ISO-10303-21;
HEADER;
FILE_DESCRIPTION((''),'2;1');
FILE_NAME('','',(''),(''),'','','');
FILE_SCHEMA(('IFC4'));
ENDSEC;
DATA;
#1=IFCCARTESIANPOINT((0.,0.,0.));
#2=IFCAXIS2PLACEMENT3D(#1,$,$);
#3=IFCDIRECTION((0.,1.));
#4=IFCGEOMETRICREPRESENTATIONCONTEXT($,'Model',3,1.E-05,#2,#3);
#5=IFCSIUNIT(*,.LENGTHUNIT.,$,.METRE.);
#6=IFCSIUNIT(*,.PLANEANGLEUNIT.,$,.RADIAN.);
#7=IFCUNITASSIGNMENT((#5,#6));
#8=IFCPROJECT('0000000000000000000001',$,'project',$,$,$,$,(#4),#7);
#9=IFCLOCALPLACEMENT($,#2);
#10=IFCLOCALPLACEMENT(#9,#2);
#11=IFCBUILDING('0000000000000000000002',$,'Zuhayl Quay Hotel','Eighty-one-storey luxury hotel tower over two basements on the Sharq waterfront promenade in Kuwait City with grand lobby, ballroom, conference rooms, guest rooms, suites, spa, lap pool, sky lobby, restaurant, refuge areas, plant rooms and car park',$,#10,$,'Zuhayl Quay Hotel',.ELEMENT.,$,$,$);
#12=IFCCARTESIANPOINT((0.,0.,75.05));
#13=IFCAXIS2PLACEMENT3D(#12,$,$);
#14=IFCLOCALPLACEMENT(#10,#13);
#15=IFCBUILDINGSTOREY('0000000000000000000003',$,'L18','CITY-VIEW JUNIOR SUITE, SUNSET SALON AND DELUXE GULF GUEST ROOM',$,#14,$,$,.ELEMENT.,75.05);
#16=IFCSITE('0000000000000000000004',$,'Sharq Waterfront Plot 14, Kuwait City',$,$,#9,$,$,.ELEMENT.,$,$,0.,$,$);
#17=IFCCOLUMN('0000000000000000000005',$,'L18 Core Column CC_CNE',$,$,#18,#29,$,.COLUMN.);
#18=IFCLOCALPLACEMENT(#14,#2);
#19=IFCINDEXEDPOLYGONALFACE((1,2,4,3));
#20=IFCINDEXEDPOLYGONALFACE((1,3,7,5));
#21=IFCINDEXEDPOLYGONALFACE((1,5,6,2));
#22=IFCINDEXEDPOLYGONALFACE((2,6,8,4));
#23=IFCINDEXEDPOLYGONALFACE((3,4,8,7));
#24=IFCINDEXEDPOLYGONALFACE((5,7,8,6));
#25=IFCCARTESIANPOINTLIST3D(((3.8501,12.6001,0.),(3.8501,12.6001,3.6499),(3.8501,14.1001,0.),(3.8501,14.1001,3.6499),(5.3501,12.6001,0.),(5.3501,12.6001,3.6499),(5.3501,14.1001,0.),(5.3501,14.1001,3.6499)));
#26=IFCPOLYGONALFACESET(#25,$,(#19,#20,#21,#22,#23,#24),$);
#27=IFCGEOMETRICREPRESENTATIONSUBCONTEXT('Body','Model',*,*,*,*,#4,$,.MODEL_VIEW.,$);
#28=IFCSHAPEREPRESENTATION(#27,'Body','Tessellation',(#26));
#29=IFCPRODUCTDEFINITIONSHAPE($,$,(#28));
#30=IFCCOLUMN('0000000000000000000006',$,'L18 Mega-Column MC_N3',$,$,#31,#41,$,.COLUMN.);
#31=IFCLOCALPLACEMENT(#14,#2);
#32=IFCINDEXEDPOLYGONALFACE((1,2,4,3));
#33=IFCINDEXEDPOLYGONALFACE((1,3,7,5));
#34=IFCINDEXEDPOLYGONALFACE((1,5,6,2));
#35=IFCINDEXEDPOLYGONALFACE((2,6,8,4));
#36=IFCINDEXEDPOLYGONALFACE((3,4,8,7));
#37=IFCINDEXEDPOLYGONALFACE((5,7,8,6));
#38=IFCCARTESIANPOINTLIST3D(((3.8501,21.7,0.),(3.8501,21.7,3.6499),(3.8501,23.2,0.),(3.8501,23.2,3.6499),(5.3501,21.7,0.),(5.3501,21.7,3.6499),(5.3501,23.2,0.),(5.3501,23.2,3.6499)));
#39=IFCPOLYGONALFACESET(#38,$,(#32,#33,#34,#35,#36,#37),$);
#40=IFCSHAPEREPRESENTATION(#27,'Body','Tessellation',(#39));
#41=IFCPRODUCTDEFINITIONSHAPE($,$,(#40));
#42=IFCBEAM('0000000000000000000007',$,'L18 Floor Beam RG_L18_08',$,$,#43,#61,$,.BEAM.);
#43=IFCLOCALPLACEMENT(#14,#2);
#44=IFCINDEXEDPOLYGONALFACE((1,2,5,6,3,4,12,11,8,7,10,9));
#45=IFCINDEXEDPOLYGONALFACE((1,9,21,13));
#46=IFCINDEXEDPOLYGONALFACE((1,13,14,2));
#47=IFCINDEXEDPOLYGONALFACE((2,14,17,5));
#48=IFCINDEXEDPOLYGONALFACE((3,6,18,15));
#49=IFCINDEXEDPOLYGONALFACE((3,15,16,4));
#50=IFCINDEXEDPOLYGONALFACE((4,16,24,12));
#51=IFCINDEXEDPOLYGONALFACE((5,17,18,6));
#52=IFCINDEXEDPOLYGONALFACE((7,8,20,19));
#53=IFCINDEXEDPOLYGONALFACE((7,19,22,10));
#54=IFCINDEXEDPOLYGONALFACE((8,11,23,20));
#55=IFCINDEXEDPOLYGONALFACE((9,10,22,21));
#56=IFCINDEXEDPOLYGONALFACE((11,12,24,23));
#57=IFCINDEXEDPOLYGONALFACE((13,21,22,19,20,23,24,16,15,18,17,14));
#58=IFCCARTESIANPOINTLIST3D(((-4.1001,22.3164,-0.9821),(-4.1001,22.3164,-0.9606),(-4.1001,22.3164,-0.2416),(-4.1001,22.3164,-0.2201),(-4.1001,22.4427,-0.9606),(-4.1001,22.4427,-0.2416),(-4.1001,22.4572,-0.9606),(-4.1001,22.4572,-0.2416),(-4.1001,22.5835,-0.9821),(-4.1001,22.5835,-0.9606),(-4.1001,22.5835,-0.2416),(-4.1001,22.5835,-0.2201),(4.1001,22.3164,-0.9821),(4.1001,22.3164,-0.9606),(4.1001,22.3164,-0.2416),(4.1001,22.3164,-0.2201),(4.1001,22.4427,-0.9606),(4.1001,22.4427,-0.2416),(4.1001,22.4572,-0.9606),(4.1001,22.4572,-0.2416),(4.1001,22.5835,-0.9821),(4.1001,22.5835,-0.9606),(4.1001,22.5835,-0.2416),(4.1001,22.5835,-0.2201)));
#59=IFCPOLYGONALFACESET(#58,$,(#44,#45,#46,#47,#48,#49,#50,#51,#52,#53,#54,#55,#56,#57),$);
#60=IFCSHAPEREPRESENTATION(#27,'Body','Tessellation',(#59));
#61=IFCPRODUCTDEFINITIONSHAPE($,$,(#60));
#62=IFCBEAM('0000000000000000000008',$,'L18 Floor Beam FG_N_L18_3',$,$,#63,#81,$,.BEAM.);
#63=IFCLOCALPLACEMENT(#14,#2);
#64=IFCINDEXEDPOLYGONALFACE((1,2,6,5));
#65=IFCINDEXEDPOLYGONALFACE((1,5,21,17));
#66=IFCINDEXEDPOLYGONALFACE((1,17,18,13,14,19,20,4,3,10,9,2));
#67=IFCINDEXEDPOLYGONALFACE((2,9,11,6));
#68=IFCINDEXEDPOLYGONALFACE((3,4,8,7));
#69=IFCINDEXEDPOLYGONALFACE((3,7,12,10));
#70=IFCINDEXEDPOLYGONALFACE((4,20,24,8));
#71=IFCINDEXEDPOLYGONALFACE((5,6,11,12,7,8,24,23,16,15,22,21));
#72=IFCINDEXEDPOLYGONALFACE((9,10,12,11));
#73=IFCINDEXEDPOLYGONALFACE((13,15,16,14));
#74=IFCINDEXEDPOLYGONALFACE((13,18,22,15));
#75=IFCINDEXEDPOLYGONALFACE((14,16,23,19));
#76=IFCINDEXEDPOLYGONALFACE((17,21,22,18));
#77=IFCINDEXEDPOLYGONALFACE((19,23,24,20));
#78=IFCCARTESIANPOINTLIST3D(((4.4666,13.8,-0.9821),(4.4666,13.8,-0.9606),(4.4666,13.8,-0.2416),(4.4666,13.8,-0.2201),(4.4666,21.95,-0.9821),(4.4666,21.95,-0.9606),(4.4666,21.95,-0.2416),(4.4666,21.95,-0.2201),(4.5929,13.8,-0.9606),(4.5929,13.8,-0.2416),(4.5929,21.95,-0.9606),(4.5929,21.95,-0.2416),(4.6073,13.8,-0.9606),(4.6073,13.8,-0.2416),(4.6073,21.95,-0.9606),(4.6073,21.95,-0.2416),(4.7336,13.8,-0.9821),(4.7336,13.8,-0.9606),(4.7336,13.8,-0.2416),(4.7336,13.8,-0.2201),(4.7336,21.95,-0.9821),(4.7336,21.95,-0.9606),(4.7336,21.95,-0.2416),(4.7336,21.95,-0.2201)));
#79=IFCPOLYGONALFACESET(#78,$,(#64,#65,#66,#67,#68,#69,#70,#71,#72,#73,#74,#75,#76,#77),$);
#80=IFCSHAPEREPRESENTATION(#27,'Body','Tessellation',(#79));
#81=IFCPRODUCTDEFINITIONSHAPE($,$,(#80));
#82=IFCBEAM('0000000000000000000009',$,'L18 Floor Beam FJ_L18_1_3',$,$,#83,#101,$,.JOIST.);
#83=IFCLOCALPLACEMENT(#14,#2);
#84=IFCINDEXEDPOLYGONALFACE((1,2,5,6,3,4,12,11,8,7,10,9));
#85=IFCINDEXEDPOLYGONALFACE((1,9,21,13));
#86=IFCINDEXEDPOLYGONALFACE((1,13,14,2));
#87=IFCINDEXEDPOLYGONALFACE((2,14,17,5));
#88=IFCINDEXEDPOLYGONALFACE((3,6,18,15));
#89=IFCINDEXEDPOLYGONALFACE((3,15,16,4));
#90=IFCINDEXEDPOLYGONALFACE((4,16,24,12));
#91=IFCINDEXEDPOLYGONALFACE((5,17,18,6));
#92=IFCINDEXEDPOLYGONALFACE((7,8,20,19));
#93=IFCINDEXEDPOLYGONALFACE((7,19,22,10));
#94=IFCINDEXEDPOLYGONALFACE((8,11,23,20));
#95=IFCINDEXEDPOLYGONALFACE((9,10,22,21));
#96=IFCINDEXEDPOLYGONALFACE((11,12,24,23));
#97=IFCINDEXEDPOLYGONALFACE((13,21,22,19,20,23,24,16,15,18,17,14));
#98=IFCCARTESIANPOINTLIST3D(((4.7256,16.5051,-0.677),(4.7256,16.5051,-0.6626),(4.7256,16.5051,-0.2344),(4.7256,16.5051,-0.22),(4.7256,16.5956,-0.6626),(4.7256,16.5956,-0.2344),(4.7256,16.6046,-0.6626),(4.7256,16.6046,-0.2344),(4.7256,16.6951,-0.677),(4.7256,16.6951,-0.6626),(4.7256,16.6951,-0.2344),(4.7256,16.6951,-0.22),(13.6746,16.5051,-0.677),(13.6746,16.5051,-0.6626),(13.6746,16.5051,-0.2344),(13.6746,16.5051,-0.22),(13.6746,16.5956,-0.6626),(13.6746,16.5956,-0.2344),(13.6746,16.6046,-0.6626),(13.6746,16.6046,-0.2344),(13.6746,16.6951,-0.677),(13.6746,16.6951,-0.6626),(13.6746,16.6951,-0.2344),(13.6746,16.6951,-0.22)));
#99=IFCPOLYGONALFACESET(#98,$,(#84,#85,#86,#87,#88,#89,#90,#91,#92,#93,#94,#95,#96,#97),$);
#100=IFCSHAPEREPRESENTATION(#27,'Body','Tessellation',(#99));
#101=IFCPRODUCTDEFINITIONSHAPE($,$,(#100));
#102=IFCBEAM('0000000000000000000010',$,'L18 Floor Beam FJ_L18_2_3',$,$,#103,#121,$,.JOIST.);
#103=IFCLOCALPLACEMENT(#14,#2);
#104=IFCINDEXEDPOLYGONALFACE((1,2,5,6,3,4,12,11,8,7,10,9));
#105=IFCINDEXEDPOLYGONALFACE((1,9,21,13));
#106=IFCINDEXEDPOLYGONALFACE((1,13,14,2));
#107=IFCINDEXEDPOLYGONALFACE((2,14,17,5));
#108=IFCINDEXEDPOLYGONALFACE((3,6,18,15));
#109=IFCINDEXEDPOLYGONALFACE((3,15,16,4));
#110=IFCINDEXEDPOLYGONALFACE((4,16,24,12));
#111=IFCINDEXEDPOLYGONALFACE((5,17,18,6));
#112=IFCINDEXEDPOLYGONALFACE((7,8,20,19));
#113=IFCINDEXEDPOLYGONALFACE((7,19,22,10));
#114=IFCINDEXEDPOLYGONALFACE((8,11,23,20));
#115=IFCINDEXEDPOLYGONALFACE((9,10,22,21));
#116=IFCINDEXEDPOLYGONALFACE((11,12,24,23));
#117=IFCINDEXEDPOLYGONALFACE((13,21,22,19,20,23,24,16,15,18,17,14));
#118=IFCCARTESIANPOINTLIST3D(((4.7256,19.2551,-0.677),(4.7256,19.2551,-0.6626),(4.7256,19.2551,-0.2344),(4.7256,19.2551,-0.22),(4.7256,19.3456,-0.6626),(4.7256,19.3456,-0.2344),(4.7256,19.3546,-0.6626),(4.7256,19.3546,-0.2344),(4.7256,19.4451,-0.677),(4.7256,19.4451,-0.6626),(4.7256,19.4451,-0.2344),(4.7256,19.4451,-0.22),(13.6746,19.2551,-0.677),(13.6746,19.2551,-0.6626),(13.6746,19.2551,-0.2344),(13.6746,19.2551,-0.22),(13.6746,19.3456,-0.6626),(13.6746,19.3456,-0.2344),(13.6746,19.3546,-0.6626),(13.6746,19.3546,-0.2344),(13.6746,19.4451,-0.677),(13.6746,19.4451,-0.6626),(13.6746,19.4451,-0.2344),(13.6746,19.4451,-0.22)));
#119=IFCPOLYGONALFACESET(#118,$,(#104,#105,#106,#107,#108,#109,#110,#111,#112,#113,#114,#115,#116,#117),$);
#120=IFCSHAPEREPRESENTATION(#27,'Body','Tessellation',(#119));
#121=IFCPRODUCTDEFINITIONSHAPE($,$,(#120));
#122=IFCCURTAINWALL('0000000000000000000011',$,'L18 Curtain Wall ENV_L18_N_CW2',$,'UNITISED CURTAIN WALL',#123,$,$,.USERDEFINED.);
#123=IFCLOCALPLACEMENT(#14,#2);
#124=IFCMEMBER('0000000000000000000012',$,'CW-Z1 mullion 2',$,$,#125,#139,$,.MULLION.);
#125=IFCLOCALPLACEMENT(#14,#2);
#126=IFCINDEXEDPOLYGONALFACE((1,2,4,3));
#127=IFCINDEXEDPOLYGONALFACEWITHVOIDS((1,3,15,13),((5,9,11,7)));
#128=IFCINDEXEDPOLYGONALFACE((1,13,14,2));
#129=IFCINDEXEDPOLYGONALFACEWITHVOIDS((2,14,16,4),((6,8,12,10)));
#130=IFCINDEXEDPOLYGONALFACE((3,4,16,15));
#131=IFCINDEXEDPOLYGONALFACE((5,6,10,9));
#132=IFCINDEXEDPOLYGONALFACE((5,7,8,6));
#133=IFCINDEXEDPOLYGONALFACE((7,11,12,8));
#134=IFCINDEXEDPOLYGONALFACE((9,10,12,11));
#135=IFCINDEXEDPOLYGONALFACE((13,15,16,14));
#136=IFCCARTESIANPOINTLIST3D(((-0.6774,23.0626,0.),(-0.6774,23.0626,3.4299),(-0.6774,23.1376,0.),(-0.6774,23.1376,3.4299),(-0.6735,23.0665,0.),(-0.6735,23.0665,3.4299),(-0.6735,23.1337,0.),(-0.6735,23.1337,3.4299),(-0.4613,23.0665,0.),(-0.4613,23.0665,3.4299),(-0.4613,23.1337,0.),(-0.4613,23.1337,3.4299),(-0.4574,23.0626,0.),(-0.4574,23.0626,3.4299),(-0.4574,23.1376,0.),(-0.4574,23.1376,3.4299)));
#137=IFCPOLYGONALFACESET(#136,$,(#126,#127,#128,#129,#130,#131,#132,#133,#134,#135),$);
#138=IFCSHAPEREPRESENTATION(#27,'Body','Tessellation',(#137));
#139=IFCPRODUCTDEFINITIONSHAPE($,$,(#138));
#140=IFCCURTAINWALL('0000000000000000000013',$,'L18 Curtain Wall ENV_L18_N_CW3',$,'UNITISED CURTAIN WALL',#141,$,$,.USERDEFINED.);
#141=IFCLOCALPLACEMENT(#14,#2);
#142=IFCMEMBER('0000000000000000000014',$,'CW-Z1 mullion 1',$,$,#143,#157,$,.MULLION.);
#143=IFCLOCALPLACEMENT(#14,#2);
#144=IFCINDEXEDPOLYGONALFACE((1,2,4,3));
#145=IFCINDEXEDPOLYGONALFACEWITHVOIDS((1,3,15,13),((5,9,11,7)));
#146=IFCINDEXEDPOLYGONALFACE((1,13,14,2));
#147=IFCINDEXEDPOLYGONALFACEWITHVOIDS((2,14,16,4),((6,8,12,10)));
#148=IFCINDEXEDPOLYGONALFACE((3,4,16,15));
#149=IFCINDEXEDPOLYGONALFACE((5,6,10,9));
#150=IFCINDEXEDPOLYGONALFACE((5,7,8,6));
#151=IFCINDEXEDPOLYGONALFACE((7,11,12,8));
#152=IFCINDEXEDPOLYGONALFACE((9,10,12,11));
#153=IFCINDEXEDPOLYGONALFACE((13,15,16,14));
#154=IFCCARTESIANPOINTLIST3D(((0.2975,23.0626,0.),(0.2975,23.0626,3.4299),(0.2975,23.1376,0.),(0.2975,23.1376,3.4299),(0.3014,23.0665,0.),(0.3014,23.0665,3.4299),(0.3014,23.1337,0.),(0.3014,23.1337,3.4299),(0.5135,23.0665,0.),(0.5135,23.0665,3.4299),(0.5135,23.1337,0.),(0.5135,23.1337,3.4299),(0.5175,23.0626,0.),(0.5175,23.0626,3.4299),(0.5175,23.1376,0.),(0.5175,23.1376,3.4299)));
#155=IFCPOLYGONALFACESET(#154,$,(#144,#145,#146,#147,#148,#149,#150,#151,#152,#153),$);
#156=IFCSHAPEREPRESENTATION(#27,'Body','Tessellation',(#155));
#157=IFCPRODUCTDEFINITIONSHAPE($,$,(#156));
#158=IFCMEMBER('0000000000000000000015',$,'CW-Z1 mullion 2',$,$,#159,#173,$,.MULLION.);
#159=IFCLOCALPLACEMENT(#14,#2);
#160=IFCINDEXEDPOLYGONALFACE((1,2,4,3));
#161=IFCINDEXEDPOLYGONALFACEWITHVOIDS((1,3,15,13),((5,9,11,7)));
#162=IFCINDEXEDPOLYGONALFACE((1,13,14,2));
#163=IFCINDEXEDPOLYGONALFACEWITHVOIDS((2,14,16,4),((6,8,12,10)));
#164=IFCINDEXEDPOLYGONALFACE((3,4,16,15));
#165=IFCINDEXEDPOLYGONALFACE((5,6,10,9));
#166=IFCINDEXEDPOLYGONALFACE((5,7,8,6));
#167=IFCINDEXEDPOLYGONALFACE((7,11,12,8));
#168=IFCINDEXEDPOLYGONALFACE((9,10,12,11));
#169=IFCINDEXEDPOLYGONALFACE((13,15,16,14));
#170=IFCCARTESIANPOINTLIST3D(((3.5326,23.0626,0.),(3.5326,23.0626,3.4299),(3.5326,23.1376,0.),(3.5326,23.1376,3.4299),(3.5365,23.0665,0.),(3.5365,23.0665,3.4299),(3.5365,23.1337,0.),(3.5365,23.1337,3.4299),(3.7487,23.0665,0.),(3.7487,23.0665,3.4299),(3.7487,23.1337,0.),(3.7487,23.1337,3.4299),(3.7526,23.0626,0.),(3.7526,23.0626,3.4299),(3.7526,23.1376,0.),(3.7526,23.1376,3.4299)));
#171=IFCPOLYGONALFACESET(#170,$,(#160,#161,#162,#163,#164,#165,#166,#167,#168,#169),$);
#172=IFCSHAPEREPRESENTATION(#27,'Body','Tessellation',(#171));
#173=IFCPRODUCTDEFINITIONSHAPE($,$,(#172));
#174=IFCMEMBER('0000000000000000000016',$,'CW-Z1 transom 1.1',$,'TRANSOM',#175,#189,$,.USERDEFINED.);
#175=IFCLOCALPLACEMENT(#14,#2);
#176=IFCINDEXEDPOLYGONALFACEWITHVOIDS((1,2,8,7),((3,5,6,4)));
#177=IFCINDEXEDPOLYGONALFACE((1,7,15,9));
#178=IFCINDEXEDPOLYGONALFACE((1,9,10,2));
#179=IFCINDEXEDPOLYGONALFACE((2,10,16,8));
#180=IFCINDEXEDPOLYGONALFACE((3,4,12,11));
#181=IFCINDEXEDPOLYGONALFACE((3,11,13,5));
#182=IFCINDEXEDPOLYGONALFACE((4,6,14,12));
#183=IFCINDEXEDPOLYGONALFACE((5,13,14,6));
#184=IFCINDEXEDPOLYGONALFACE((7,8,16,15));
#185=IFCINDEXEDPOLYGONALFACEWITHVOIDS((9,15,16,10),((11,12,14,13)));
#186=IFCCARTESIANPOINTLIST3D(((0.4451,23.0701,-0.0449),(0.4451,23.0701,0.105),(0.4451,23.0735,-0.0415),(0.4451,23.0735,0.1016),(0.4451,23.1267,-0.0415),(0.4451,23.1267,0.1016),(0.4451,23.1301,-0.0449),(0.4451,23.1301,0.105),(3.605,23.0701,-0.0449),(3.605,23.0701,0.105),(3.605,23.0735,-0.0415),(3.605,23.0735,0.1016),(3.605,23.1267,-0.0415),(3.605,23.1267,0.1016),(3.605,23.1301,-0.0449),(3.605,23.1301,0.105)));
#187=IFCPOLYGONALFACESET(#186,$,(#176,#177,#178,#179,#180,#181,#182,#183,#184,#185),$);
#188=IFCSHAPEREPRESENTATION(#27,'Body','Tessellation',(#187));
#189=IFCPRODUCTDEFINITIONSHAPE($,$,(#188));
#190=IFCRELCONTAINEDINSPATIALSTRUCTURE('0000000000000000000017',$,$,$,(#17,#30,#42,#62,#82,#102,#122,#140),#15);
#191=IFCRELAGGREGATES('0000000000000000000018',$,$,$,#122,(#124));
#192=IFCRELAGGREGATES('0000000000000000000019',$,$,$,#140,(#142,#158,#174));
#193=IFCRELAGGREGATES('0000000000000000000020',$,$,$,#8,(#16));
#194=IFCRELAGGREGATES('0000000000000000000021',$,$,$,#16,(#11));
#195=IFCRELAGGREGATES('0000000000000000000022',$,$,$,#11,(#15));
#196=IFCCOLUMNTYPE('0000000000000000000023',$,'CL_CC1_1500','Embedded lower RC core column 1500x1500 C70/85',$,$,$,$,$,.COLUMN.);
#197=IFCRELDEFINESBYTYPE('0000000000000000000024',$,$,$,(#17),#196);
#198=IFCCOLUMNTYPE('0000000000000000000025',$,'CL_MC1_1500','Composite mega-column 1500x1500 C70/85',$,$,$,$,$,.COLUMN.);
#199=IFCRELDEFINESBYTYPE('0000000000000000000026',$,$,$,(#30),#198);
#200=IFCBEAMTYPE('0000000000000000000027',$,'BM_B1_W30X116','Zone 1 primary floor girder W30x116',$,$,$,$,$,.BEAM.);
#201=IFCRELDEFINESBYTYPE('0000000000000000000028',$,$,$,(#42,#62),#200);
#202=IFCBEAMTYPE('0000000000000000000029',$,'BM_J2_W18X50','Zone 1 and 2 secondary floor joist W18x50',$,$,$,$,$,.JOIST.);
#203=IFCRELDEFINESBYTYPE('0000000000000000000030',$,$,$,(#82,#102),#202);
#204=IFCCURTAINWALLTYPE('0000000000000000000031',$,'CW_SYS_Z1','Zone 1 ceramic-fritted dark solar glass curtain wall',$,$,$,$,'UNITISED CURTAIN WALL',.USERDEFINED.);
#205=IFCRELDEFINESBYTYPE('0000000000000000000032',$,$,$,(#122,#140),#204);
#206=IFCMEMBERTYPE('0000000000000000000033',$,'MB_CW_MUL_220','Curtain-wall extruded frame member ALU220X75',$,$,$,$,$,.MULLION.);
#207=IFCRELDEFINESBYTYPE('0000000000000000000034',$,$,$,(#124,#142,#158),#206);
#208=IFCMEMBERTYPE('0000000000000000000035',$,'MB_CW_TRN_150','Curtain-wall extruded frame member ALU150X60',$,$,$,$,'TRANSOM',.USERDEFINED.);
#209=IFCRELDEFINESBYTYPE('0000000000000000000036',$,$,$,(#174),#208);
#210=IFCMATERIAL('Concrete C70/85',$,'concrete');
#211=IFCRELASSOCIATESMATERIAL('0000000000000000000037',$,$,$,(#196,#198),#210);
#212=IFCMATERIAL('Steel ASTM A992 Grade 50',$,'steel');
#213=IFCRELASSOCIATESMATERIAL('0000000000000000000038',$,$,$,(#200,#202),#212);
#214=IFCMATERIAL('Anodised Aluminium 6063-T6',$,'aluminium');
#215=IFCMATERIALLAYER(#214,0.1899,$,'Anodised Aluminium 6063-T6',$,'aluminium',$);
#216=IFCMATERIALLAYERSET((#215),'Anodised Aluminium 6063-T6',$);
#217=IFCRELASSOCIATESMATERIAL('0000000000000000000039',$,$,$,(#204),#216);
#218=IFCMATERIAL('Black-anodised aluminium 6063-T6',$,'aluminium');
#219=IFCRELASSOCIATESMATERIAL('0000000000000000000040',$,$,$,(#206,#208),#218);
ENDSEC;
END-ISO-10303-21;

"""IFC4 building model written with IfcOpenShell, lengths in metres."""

from ifc_helpers import new_model, si_unit, direction, frame, origin, origin_2d, place, context, subcontext, project, spatial, rectangle, hollow_rectangle, i_section, extrude, material, layer, layer_set, material_profile, profile_set, type_object, element, aggregate, save


model = new_model("IFC4")

# Units and contexts
model_context = context("Model", 3, precision=1e-05, world=origin(), true_north=direction((0.0, 1.0)))
body_context = subcontext(model_context, "Body", "Model", "MODEL_VIEW")
ifc_project = project(units=[si_unit("LENGTHUNIT", "METRE"), si_unit("PLANEANGLEUNIT", "RADIAN")], contexts=[model_context])

# Site, building, storey
site_placement = place(None, origin())
site = spatial("IfcSite", under=ifc_project, at=site_placement, Name="Sharq Waterfront Plot 14, Kuwait City", CompositionType="ELEMENT", RefElevation=0.0)
building_placement = place(site_placement, origin())
building = spatial("IfcBuilding", under=site, at=building_placement, Name="Zuhayl Quay Hotel", Description="Eighty-one-storey luxury hotel tower over two basements on the Sharq waterfront promenade in Kuwait City with grand lobby, ballroom, conference rooms, guest rooms, suites, spa, lap pool, sky lobby, restaurant, refuge areas, plant rooms and car park", LongName="Zuhayl Quay Hotel", CompositionType="ELEMENT")
storey_placement = place(building_placement, frame((0.0, 0.0, 75.05)))
storey = spatial("IfcBuildingStorey", under=building, at=storey_placement, Name="L18", Description="CITY-VIEW JUNIOR SUITE, SUNSET SALON AND DELUXE GULF GUEST ROOM", CompositionType="ELEMENT", Elevation=75.05)

# Columns
ifc_material_1 = material(Name="Concrete C70/85", Category="concrete")
ifc_material_profile_1 = material_profile(ifc_material_1, rectangle(XDim=1.5, YDim=1.5, at=origin_2d()), Name="RC1500X1500")
ifc_profile_set_1 = profile_set([ifc_material_profile_1], Name="Concrete C70/85")
column_type_1 = type_object("IfcColumnType", Name="CL_CC1_1500", Description="Embedded lower RC core column 1500x1500 C70/85", PredefinedType="COLUMN", material=ifc_profile_set_1)
column_1_placement = place(storey_placement, frame((4.6001, 13.3501, 0.0), z_axis=(0.0, 0.0, 1.0), x_axis=(1.0, 0.0, 0.0)))
element("IfcColumn", 1, at=column_1_placement, inside=storey, type_object=column_type_1, Name="L18 Core Column CC_CNE", PredefinedType="COLUMN", context=body_context, shape_type="SweptSolid", body=[
    extrude(rectangle(XDim=1.5, YDim=1.5, at=origin_2d()), origin(), (0.0, 0.0, 1.0), 3.6499),
])
ifc_material_profile_2 = material_profile(ifc_material_1, rectangle(XDim=1.5, YDim=1.5, at=origin_2d()), Name="RC1500X1500")
ifc_profile_set_2 = profile_set([ifc_material_profile_2], Name="Concrete C70/85")
column_type_2 = type_object("IfcColumnType", Name="CL_MC1_1500", Description="Composite mega-column 1500x1500 C70/85", PredefinedType="COLUMN", material=ifc_profile_set_2)
column_2_placement = place(storey_placement, frame((4.6001, 22.45, 0.0), z_axis=(0.0, 0.0, 1.0), x_axis=(1.0, 0.0, 0.0)))
element("IfcColumn", 2, at=column_2_placement, inside=storey, type_object=column_type_2, Name="L18 Mega-Column MC_N3", PredefinedType="COLUMN", context=body_context, shape_type="SweptSolid", body=[
    extrude(rectangle(XDim=1.5, YDim=1.5, at=origin_2d()), origin(), (0.0, 0.0, 1.0), 3.6499),
])

# Beams
ifc_material_2 = material(Name="Steel ASTM A992 Grade 50", Category="steel")
ifc_material_profile_3 = material_profile(ifc_material_2, i_section(OverallWidth=0.2671, OverallDepth=0.762, WebThickness=0.0144, FlangeThickness=0.0215, at=origin_2d()), Name="W30X116")
ifc_profile_set_3 = profile_set([ifc_material_profile_3], Name="Steel ASTM A992 Grade 50")
beam_type_1 = type_object("IfcBeamType", Name="BM_B1_W30X116", Description="Zone 1 primary floor girder W30x116", PredefinedType="BEAM", material=ifc_profile_set_3)
beam_1_placement = place(storey_placement, frame((4.1001, 22.45, -0.6011), z_axis=(-1.0, 0.0, 0.0), x_axis=(0.0, -1.0, 0.0)))
element("IfcBeam", 3, at=beam_1_placement, inside=storey, type_object=beam_type_1, Name="L18 Floor Beam RG_L18_08", PredefinedType="BEAM", context=body_context, shape_type="SweptSolid", body=[
    extrude(i_section(OverallWidth=0.2671, OverallDepth=0.762, WebThickness=0.0144, FlangeThickness=0.0215, at=origin_2d()), origin(), (0.0, 0.0, 1.0), 8.2002),
])
beam_2_placement = place(storey_placement, frame((4.6001, 13.8, -0.6011), z_axis=(0.0, 1.0, 0.0), x_axis=(-1.0, 0.0, 0.0)))
element("IfcBeam", 4, at=beam_2_placement, inside=storey, type_object=beam_type_1, Name="L18 Floor Beam FG_N_L18_3", PredefinedType="BEAM", context=body_context, shape_type="SweptSolid", body=[
    extrude(i_section(OverallWidth=0.2671, OverallDepth=0.762, WebThickness=0.0144, FlangeThickness=0.0215, at=origin_2d()), origin(), (0.0, 0.0, 1.0), 8.1499),
])
ifc_material_profile_4 = material_profile(ifc_material_2, i_section(OverallWidth=0.1899, OverallDepth=0.457, WebThickness=0.009, FlangeThickness=0.0144, at=origin_2d()), Name="W18X50")
ifc_profile_set_4 = profile_set([ifc_material_profile_4], Name="Steel ASTM A992 Grade 50")
beam_type_2 = type_object("IfcBeamType", Name="BM_J2_W18X50", Description="Zone 1 and 2 secondary floor joist W18x50", PredefinedType="JOIST", material=ifc_profile_set_4)
for number, where, z_axis, x_axis, name in (
    (5, (4.7256, 16.6001, -0.4485), (1.0, 0.0, 0.0), (0.0, 1.0, 0.0), "L18 Floor Beam FJ_L18_1_3"),
    (6, (4.7256, 19.3501, -0.4485), (1.0, 0.0, 0.0), (0.0, 1.0, 0.0), "L18 Floor Beam FJ_L18_2_3"),
):
    element("IfcBeam", number, at=place(storey_placement, frame(where, z_axis=z_axis, x_axis=x_axis)), inside=storey, type_object=beam_type_2, Name=name, PredefinedType="JOIST", context=body_context, shape_type="SweptSolid", body=[
        extrude(i_section(OverallWidth=0.1899, OverallDepth=0.457, WebThickness=0.009, FlangeThickness=0.0144, at=origin_2d()), origin(), (0.0, 0.0, 1.0), 8.949),
    ])

# Curtain wall, member
ifc_material_3 = material(Name="Anodised Aluminium 6063-T6", Category="aluminium")
ifc_layer_1 = layer(ifc_material_3, 0.1899, Name="Anodised Aluminium 6063-T6", Category="aluminium")
ifc_layer_set_1 = layer_set([ifc_layer_1], Name="Anodised Aluminium 6063-T6")
curtain_wall_type = type_object("IfcCurtainWallType", Name="CW_SYS_Z1", Description="Zone 1 ceramic-fritted dark solar glass curtain wall", ElementType="UNITISED CURTAIN WALL", PredefinedType="USERDEFINED", material=ifc_layer_set_1)
curtain_wall_1_placement = place(storey_placement, origin())
curtain_wall_1 = element("IfcCurtainWall", 7, at=curtain_wall_1_placement, inside=storey, type_object=curtain_wall_type, Name="L18 Curtain Wall ENV_L18_N_CW2", ObjectType="UNITISED CURTAIN WALL", PredefinedType="USERDEFINED")
ifc_material_4 = material(Name="Black-anodised aluminium 6063-T6", Category="aluminium")
ifc_material_profile_5 = material_profile(ifc_material_4, hollow_rectangle(XDim=0.075, YDim=0.22, WallThickness=0.0039, at=origin_2d()), Name="ALU220X75")
ifc_profile_set_5 = profile_set([ifc_material_profile_5], Name="Black-anodised aluminium 6063-T6")
member_type_1 = type_object("IfcMemberType", Name="MB_CW_MUL_220", Description="Curtain-wall extruded frame member ALU220X75", PredefinedType="MULLION", material=ifc_profile_set_5)
member_1_placement = place(storey_placement, frame((-0.5674, 23.1001, 0.0), z_axis=(0.0, 0.0, 1.0), x_axis=(0.0, 1.0, 0.0)))
member_1 = element("IfcMember", 8, at=member_1_placement, type_object=member_type_1, Name="CW-Z1 mullion 2", PredefinedType="MULLION", context=body_context, shape_type="SweptSolid", body=[
    extrude(hollow_rectangle(XDim=0.075, YDim=0.22, WallThickness=0.0039, at=origin_2d()), origin(), (0.0, 0.0, 1.0), 3.4299),
])
aggregate(curtain_wall_1, [member_1])

# Curtain wall, members
curtain_wall_2_placement = place(storey_placement, origin())
curtain_wall_2 = element("IfcCurtainWall", 9, at=curtain_wall_2_placement, inside=storey, type_object=curtain_wall_type, Name="L18 Curtain Wall ENV_L18_N_CW3", ObjectType="UNITISED CURTAIN WALL", PredefinedType="USERDEFINED")
member_2_placement = place(storey_placement, frame((0.4075, 23.1001, 0.0), z_axis=(0.0, 0.0, 1.0), x_axis=(0.0, 1.0, 0.0)))
member_2 = element("IfcMember", 10, at=member_2_placement, type_object=member_type_1, Name="CW-Z1 mullion 1", PredefinedType="MULLION", context=body_context, shape_type="SweptSolid", body=[
    extrude(hollow_rectangle(XDim=0.075, YDim=0.22, WallThickness=0.0039, at=origin_2d()), origin(), (0.0, 0.0, 1.0), 3.4299),
])
member_3_placement = place(storey_placement, frame((3.6426, 23.1001, 0.0), z_axis=(0.0, 0.0, 1.0), x_axis=(0.0, 1.0, 0.0)))
member_3 = element("IfcMember", 11, at=member_3_placement, type_object=member_type_1, Name="CW-Z1 mullion 2", PredefinedType="MULLION", context=body_context, shape_type="SweptSolid", body=[
    extrude(hollow_rectangle(XDim=0.075, YDim=0.22, WallThickness=0.0039, at=origin_2d()), origin(), (0.0, 0.0, 1.0), 3.4299),
])
ifc_material_profile_6 = material_profile(ifc_material_4, hollow_rectangle(XDim=0.0601, YDim=0.1499, WallThickness=0.0034, at=origin_2d()), Name="ALU150X60")
ifc_profile_set_6 = profile_set([ifc_material_profile_6], Name="Black-anodised aluminium 6063-T6")
member_type_2 = type_object("IfcMemberType", Name="MB_CW_TRN_150", Description="Curtain-wall extruded frame member ALU150X60", ElementType="TRANSOM", PredefinedType="USERDEFINED", material=ifc_profile_set_6)
member_4_placement = place(storey_placement, frame((0.4451, 23.1001, 0.03), z_axis=(1.0, 0.0, 0.0), x_axis=(0.0, 1.0, 0.0)))
member_4 = element("IfcMember", 12, at=member_4_placement, type_object=member_type_2, Name="CW-Z1 transom 1.1", ObjectType="TRANSOM", PredefinedType="USERDEFINED", context=body_context, shape_type="SweptSolid", body=[
    extrude(hollow_rectangle(XDim=0.0601, YDim=0.1499, WallThickness=0.0034, at=origin_2d()), origin(), (0.0, 0.0, 1.0), 3.1599),
])
aggregate(curtain_wall_2, [member_2, member_3, member_4])

save(model, "model.ifc")
